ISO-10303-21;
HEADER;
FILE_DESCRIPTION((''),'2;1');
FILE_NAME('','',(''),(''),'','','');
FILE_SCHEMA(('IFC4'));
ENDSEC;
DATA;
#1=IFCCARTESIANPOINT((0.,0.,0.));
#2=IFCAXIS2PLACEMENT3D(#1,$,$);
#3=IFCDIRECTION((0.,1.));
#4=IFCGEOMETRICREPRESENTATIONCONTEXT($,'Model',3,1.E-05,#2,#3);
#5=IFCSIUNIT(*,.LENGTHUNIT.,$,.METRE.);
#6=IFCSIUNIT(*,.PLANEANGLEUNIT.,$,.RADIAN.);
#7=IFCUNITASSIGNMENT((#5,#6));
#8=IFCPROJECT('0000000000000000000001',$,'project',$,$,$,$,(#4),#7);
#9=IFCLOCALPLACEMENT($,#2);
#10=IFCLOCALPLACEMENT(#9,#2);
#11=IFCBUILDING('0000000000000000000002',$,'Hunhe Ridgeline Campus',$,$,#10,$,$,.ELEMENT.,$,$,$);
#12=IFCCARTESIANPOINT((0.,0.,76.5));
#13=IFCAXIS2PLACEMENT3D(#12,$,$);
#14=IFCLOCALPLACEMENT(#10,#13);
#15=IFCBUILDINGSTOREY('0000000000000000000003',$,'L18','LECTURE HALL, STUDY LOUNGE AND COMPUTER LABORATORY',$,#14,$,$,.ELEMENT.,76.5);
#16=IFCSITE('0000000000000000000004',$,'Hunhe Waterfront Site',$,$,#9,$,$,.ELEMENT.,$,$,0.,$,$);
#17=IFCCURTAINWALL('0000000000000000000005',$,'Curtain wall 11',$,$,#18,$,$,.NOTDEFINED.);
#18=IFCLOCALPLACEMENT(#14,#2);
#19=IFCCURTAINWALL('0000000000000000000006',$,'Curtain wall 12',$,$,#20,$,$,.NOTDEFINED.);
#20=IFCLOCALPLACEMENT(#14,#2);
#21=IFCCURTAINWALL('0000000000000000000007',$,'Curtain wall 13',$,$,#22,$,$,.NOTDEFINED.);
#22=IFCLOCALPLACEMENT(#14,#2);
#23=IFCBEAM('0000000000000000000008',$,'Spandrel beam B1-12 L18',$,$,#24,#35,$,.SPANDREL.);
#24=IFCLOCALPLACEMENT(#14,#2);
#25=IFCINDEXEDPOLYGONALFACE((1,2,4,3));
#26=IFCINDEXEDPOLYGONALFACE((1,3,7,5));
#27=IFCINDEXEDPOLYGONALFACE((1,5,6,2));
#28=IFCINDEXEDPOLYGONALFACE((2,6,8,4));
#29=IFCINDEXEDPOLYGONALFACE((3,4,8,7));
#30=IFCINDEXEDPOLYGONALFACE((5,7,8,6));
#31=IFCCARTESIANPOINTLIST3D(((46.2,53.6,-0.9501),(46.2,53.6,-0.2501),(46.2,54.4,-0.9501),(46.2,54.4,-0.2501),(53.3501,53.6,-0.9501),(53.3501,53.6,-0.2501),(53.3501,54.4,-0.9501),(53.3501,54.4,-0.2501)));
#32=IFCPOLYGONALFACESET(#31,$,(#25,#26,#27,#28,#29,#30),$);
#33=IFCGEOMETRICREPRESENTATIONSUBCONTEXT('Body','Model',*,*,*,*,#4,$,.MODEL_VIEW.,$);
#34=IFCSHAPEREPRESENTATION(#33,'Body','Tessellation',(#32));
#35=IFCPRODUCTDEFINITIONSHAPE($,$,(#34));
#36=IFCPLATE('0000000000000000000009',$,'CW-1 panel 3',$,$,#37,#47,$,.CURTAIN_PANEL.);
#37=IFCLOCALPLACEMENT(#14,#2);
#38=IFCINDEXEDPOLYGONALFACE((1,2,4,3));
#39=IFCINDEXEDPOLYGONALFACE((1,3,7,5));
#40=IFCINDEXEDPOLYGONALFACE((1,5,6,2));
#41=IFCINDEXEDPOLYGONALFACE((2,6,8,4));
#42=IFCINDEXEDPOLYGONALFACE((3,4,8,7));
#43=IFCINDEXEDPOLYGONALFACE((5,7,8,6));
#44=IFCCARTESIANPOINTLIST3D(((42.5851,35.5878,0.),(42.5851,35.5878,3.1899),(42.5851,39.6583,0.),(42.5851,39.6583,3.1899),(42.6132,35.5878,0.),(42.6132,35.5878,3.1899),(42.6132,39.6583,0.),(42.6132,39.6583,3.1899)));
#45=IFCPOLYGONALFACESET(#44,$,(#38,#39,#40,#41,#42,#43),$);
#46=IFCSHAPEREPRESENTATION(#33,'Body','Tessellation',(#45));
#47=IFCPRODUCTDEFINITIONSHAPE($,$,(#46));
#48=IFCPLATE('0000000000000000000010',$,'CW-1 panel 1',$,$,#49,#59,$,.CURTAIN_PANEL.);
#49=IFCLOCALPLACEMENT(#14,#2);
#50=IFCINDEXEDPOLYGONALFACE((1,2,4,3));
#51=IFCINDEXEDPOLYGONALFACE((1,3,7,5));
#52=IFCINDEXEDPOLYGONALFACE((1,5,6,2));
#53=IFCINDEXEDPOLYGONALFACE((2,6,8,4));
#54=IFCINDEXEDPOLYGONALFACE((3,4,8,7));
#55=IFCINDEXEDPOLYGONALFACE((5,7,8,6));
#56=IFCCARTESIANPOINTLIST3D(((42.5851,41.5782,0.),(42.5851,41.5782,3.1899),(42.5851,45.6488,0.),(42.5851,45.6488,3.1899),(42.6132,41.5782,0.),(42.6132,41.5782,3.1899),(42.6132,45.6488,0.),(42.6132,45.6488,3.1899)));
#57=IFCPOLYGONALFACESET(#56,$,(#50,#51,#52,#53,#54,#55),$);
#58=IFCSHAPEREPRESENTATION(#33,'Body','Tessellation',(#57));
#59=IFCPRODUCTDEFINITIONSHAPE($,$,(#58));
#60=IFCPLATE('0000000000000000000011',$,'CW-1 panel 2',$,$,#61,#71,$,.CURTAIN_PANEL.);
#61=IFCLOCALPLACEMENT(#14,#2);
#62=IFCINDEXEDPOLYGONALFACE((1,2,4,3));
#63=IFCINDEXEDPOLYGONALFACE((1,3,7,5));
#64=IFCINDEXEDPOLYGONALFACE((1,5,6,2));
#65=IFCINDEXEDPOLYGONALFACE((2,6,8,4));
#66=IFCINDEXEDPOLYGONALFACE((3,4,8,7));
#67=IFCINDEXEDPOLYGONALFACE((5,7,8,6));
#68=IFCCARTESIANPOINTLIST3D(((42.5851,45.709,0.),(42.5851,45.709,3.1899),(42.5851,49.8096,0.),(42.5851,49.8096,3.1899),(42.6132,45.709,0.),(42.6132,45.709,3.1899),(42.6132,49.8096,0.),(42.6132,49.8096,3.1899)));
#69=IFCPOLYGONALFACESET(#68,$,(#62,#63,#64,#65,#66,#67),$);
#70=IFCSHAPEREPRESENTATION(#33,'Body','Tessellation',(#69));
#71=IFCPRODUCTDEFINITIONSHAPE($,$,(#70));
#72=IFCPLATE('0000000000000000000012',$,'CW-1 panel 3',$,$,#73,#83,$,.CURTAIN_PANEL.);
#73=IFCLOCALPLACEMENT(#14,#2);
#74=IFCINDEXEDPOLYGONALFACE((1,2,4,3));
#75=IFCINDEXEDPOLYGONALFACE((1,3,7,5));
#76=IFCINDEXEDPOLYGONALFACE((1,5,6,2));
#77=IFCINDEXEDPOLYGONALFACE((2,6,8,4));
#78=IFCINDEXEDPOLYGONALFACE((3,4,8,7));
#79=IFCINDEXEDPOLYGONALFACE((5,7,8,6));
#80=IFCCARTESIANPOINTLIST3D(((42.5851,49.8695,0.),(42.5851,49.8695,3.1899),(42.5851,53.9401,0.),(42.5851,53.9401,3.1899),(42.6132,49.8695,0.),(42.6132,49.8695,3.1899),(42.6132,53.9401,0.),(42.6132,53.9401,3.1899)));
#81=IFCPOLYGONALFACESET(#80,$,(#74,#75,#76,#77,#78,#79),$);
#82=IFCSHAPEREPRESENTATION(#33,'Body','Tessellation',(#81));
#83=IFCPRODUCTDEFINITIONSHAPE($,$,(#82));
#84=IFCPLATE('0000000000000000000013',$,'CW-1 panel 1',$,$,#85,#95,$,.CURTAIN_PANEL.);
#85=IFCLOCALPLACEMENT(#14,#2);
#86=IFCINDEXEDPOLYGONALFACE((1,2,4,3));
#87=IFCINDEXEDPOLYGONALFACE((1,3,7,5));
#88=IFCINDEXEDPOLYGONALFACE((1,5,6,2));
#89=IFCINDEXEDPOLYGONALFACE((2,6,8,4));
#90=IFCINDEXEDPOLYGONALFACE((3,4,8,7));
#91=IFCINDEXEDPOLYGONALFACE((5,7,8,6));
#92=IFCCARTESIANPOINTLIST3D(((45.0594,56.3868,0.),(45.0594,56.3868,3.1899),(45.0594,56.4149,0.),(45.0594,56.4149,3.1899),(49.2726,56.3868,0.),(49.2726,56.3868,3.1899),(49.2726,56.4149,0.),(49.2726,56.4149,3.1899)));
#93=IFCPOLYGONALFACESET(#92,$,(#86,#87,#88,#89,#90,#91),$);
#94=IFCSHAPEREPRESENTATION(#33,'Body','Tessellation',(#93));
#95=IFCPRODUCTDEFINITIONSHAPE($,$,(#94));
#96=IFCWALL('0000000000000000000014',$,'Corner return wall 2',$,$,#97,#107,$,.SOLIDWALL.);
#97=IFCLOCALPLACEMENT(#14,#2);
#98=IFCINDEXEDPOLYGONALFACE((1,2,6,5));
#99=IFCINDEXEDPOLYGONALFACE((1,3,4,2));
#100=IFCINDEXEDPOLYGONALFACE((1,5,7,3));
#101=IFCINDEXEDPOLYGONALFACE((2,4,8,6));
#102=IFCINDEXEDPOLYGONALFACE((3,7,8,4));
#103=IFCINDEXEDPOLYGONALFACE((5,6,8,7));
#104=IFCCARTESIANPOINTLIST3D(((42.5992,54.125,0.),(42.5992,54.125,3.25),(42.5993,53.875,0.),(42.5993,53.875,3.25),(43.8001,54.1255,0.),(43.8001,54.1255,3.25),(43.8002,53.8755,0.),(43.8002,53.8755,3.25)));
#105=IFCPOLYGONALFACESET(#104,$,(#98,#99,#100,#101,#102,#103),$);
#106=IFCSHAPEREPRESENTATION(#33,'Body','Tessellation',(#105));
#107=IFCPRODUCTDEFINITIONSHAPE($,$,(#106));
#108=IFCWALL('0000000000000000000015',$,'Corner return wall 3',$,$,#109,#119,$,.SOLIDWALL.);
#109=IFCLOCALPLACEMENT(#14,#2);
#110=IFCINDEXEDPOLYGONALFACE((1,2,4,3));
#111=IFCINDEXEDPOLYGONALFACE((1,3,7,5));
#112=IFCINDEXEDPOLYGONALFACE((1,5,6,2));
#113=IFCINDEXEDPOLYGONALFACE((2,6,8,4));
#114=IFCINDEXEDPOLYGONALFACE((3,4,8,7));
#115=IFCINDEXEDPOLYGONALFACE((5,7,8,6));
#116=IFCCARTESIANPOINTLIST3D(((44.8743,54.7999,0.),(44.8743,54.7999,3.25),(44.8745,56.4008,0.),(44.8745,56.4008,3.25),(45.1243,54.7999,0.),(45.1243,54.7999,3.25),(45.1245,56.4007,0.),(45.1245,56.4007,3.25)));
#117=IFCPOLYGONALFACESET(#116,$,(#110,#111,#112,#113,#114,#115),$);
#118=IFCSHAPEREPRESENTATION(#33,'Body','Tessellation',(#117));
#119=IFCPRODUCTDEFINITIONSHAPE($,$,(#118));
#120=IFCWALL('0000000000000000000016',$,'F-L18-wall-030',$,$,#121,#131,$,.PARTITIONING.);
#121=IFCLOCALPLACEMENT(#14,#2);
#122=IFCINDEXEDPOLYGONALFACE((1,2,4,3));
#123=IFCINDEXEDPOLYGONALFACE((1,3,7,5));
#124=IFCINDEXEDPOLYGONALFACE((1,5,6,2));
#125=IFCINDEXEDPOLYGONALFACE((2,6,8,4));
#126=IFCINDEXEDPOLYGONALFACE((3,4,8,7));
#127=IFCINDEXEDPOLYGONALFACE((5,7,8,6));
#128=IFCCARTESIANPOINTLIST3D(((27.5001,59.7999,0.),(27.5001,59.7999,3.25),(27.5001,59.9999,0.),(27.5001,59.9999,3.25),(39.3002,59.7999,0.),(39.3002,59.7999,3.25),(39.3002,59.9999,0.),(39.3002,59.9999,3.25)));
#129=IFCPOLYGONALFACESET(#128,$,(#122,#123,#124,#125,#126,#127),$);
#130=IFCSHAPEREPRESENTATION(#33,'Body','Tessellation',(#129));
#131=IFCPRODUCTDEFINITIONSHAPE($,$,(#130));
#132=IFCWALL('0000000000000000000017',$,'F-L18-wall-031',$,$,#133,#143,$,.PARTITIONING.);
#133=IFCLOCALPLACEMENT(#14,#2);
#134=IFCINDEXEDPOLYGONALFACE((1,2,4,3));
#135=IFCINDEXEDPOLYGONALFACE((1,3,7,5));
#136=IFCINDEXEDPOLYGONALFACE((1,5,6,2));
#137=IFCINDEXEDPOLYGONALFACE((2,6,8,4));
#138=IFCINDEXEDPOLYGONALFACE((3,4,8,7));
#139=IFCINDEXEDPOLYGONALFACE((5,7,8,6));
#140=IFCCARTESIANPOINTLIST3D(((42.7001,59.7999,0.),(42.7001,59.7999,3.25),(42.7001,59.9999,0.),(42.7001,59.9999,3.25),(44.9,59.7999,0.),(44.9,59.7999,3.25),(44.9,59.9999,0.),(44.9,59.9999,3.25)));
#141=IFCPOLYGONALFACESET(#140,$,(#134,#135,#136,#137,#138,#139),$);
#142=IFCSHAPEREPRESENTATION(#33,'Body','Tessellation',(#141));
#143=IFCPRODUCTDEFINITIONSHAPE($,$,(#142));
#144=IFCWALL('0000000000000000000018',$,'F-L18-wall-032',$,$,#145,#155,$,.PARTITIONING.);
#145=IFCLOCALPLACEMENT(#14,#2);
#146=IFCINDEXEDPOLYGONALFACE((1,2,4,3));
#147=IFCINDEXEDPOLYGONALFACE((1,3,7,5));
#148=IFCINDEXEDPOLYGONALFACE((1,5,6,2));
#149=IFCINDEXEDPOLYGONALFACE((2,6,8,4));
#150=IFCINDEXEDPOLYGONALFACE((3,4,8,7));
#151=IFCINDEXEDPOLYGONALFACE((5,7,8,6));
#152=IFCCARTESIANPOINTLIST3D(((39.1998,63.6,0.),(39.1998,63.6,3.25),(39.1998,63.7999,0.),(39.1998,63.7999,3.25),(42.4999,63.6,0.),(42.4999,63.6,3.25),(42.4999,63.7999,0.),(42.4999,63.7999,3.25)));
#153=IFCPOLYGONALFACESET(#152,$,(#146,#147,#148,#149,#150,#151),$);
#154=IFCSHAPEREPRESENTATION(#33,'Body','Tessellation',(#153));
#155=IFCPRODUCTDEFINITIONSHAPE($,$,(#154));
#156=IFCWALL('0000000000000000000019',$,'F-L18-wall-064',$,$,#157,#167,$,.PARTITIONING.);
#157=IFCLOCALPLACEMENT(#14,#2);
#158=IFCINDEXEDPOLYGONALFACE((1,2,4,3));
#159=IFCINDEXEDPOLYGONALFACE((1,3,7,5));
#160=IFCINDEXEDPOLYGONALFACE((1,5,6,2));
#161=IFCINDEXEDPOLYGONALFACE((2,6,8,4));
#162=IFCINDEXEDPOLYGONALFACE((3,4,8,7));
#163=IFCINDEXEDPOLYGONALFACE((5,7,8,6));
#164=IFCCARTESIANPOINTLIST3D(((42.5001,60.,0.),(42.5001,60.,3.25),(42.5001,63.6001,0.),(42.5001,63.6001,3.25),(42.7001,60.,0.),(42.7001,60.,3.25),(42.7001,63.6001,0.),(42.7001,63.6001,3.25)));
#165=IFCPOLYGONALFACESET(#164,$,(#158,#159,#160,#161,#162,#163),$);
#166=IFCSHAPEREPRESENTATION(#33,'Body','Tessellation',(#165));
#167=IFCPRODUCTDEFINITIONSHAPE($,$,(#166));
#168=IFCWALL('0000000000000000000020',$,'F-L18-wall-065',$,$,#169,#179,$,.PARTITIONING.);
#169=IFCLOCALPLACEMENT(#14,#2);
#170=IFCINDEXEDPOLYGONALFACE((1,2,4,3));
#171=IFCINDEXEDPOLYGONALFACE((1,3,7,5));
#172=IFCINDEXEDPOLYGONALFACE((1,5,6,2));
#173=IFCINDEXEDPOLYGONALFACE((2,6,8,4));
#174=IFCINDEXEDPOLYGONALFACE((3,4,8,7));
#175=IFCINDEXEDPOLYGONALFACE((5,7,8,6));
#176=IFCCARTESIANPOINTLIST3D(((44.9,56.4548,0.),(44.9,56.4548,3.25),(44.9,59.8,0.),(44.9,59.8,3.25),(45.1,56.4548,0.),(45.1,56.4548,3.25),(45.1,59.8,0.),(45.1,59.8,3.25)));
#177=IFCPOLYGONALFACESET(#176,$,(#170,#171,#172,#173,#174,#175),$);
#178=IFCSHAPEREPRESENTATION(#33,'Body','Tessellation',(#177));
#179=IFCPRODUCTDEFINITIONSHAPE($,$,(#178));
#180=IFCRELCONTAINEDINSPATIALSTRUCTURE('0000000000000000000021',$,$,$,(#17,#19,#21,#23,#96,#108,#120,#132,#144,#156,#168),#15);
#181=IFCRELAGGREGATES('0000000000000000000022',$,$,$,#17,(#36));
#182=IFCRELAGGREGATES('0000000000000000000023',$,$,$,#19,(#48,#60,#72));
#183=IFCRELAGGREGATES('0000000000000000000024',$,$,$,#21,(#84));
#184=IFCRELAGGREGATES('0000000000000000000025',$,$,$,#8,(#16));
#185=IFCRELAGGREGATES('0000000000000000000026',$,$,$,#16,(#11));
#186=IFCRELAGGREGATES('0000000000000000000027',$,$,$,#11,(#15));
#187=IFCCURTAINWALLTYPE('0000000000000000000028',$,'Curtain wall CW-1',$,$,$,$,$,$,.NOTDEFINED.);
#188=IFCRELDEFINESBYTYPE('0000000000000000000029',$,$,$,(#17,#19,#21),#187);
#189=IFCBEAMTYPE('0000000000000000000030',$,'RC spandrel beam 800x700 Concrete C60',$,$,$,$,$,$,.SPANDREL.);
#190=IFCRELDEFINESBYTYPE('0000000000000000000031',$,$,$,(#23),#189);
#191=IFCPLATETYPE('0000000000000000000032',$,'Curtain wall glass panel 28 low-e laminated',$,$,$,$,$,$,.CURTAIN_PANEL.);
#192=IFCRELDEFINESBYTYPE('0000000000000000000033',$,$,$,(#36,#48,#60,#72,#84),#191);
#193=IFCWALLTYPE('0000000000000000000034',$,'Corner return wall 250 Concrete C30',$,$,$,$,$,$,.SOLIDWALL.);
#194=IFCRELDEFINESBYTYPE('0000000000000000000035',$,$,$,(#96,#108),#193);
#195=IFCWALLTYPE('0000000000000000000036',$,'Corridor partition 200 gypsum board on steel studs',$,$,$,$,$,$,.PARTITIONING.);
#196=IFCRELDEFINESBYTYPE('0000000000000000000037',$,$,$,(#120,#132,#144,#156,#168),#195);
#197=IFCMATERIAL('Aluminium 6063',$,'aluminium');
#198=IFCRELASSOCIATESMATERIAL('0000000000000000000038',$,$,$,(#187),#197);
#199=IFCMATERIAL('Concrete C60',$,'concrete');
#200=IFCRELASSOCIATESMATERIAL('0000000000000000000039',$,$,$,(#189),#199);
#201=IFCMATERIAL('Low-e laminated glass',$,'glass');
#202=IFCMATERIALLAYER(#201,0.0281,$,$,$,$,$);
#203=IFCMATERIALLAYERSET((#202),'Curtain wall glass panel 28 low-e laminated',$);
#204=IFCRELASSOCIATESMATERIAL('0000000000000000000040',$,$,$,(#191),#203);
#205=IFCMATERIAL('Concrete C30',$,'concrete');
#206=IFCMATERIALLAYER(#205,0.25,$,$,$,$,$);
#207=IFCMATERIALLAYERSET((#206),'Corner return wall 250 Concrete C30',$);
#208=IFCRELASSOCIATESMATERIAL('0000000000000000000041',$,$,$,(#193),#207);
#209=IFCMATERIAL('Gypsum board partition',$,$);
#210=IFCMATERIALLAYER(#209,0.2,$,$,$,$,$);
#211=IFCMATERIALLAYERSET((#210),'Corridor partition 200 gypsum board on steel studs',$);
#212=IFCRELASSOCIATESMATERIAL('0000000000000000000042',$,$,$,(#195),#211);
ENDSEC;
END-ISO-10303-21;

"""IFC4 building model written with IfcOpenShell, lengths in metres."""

from ifc_helpers import new_model, si_unit, direction, frame, frame_2d, origin, origin_2d, place, context, subcontext, project, spatial, rectangle, extrude, material, layer, layer_set, material_profile, profile_set, type_object, element, aggregate, save


model = new_model("IFC4")

# Units and contexts
model_context = context("Model", 3, precision=1e-05, world=origin(), true_north=direction((0.0, 1.0)))
body_context = subcontext(model_context, "Body", "Model", "MODEL_VIEW")
ifc_project = project(units=[si_unit("LENGTHUNIT", "METRE"), si_unit("PLANEANGLEUNIT", "RADIAN")], contexts=[model_context])

# Site, building, storey
site_placement = place(None, origin())
site = spatial("IfcSite", under=ifc_project, at=site_placement, Name="Hunhe Waterfront Site", CompositionType="ELEMENT", RefElevation=0.0)
building_placement = place(site_placement, origin())
building = spatial("IfcBuilding", under=site, at=building_placement, Name="Hunhe Ridgeline Campus", CompositionType="ELEMENT")
storey_placement = place(building_placement, frame((0.0, 0.0, 76.5)))
storey = spatial("IfcBuildingStorey", under=building, at=storey_placement, Name="L18", Description="LECTURE HALL, STUDY LOUNGE AND COMPUTER LABORATORY", CompositionType="ELEMENT", Elevation=76.5)

# Curtain wall
ifc_material_1 = material(Name="Aluminium 6063", Category="aluminium")
curtain_wall_type = type_object("IfcCurtainWallType", Name="Curtain wall CW-1", PredefinedType="NOTDEFINED", material=ifc_material_1)
curtain_wall_1_placement = place(storey_placement, origin())
curtain_wall_1 = element("IfcCurtainWall", 1, at=curtain_wall_1_placement, inside=storey, type_object=curtain_wall_type, Name="Curtain wall 11", PredefinedType="NOTDEFINED")

# Curtain wall
curtain_wall_2_placement = place(storey_placement, origin())
curtain_wall_2 = element("IfcCurtainWall", 2, at=curtain_wall_2_placement, inside=storey, type_object=curtain_wall_type, Name="Curtain wall 12", PredefinedType="NOTDEFINED")

# Curtain wall
curtain_wall_3_placement = place(storey_placement, origin())
curtain_wall_3 = element("IfcCurtainWall", 3, at=curtain_wall_3_placement, inside=storey, type_object=curtain_wall_type, Name="Curtain wall 13", PredefinedType="NOTDEFINED")

# Beam
ifc_material_2 = material(Name="Concrete C60", Category="concrete")
ifc_material_profile_1 = material_profile(ifc_material_2, rectangle(XDim=0.8, YDim=0.7, at=origin_2d()))
ifc_profile_set_1 = profile_set([ifc_material_profile_1], Name="Concrete C60")
beam_type = type_object("IfcBeamType", Name="RC spandrel beam 800x700 Concrete C60", PredefinedType="SPANDREL", material=ifc_profile_set_1)
beam_1_placement = place(storey_placement, frame((46.2, 54.0, -0.6001), z_axis=(1.0, 0.0, 0.0), x_axis=(0.0, 1.0, 0.0)))
element("IfcBeam", 4, at=beam_1_placement, inside=storey, type_object=beam_type, Name="Spandrel beam B1-12 L18", PredefinedType="SPANDREL", context=body_context, shape_type="SweptSolid", body=[
    extrude(rectangle(XDim=0.8, YDim=0.7, at=origin_2d()), origin(), (0.0, 0.0, 1.0), 7.1501),
])

# Plates
ifc_material_3 = material(Name="Low-e laminated glass", Category="glass")
ifc_layer_1 = layer(ifc_material_3, 0.0281)
ifc_layer_set_1 = layer_set([ifc_layer_1], Name="Curtain wall glass panel 28 low-e laminated")
plate_type = type_object("IfcPlateType", Name="Curtain wall glass panel 28 low-e laminated", PredefinedType="CURTAIN_PANEL", material=ifc_layer_set_1)
plate_1_placement = place(storey_placement, frame((42.5991, 37.623, 0.0), z_axis=(0.0, 0.0, 1.0), x_axis=(0.0, 1.0, 0.0)))
plate_1 = element("IfcPlate", 5, at=plate_1_placement, type_object=plate_type, Name="CW-1 panel 3", PredefinedType="CURTAIN_PANEL", context=body_context, shape_type="SweptSolid", body=[
    extrude(rectangle(XDim=4.0706, YDim=0.0281, at=origin_2d()), origin(), (0.0, 0.0, 1.0), 3.1899),
])
aggregate(curtain_wall_1, [plate_1])
plate_2_placement = place(storey_placement, frame((42.5991, 43.6135, 0.0), z_axis=(0.0, 0.0, 1.0), x_axis=(0.0, 1.0, 0.0)))
plate_2 = element("IfcPlate", 6, at=plate_2_placement, type_object=plate_type, Name="CW-1 panel 1", PredefinedType="CURTAIN_PANEL", context=body_context, shape_type="SweptSolid", body=[
    extrude(rectangle(XDim=4.0706, YDim=0.0281, at=origin_2d()), origin(), (0.0, 0.0, 1.0), 3.1899),
])
plate_3_placement = place(storey_placement, frame((42.5991, 47.7593, 0.0), z_axis=(0.0, 0.0, 1.0), x_axis=(0.0, 1.0, 0.0)))
plate_3 = element("IfcPlate", 7, at=plate_3_placement, type_object=plate_type, Name="CW-1 panel 2", PredefinedType="CURTAIN_PANEL", context=body_context, shape_type="SweptSolid", body=[
    extrude(rectangle(XDim=4.1006, YDim=0.0281, at=origin_2d()), origin(), (0.0, 0.0, 1.0), 3.1899),
])
plate_4_placement = place(storey_placement, frame((42.5991, 51.9048, 0.0), z_axis=(0.0, 0.0, 1.0), x_axis=(0.0, 1.0, 0.0)))
plate_4 = element("IfcPlate", 8, at=plate_4_placement, type_object=plate_type, Name="CW-1 panel 3", PredefinedType="CURTAIN_PANEL", context=body_context, shape_type="SweptSolid", body=[
    extrude(rectangle(XDim=4.0706, YDim=0.0281, at=origin_2d()), origin(), (0.0, 0.0, 1.0), 3.1899),
])
aggregate(curtain_wall_2, [plate_2, plate_3, plate_4])
plate_5_placement = place(storey_placement, frame((47.166, 56.4009, 0.0), z_axis=(0.0, 0.0, 1.0), x_axis=(1.0, 0.000004, 0.0)))
plate_5 = element("IfcPlate", 9, at=plate_5_placement, type_object=plate_type, Name="CW-1 panel 1", PredefinedType="CURTAIN_PANEL", context=body_context, shape_type="SweptSolid", body=[
    extrude(rectangle(XDim=4.2131, YDim=0.0281, at=origin_2d()), origin(), (0.0, 0.0, 1.0), 3.1899),
])
aggregate(curtain_wall_3, [plate_5])

# Walls
ifc_material_4 = material(Name="Concrete C30", Category="concrete")
ifc_layer_2 = layer(ifc_material_4, 0.25)
ifc_layer_set_2 = layer_set([ifc_layer_2], Name="Corner return wall 250 Concrete C30")
wall_type_1 = type_object("IfcWallType", Name="Corner return wall 250 Concrete C30", PredefinedType="SOLIDWALL", material=ifc_layer_set_2)
wall_1_placement = place(storey_placement, frame((42.5991, 54.0, 0.0), z_axis=(0.0, 0.0, 1.0), x_axis=(1.0, 0.000407, 0.0)))
element("IfcWall", 10, at=wall_1_placement, inside=storey, type_object=wall_type_1, Name="Corner return wall 2", PredefinedType="SOLIDWALL", context=body_context, shape_type="SweptSolid", body=[
    extrude(rectangle(XDim=1.2009, YDim=0.25, at=frame_2d((0.6006, 0.0))), origin(), (0.0, 0.0, 1.0), 3.25),
])
wall_2_placement = place(storey_placement, frame((44.9993, 54.8, 0.0), z_axis=(0.0, 0.0, 1.0), x_axis=(0.000153, 1.0, 0.0)))
element("IfcWall", 11, at=wall_2_placement, inside=storey, type_object=wall_type_1, Name="Corner return wall 3", PredefinedType="SOLIDWALL", context=body_context, shape_type="SweptSolid", body=[
    extrude(rectangle(XDim=1.6008, YDim=0.25, at=frame_2d((0.8003, 0.0))), origin(), (0.0, 0.0, 1.0), 3.25),
])
ifc_material_5 = material(Name="Gypsum board partition")
ifc_layer_3 = layer(ifc_material_5, 0.2)
ifc_layer_set_3 = layer_set([ifc_layer_3], Name="Corridor partition 200 gypsum board on steel studs")
wall_type_2 = type_object("IfcWallType", Name="Corridor partition 200 gypsum board on steel studs", PredefinedType="PARTITIONING", material=ifc_layer_set_3)
wall_3_placement = place(storey_placement, frame((39.3, 59.8999, 0.0), z_axis=(0.0, 0.0, 1.0), x_axis=(-1.0, 0.0, 0.0)))
element("IfcWall", 12, at=wall_3_placement, inside=storey, type_object=wall_type_2, Name="F-L18-wall-030", PredefinedType="PARTITIONING", context=body_context, shape_type="SweptSolid", body=[
    extrude(rectangle(XDim=11.8, YDim=0.2, at=frame_2d((5.8999, 0.0))), origin(), (0.0, 0.0, 1.0), 3.25),
])
wall_4_placement = place(storey_placement, frame((42.7, 59.8999, 0.0), z_axis=(0.0, 0.0, 1.0), x_axis=(1.0, 0.0, 0.0)))
element("IfcWall", 13, at=wall_4_placement, inside=storey, type_object=wall_type_2, Name="F-L18-wall-031", PredefinedType="PARTITIONING", context=body_context, shape_type="SweptSolid", body=[
    extrude(rectangle(XDim=2.2, YDim=0.2, at=frame_2d((1.1001, 0.0))), origin(), (0.0, 0.0, 1.0), 3.25),
])
wall_5_placement = place(storey_placement, frame((39.2, 63.7, 0.0), z_axis=(0.0, 0.0, 1.0), x_axis=(1.0, 0.0, 0.0)))
element("IfcWall", 14, at=wall_5_placement, inside=storey, type_object=wall_type_2, Name="F-L18-wall-032", PredefinedType="PARTITIONING", context=body_context, shape_type="SweptSolid", body=[
    extrude(rectangle(XDim=3.3, YDim=0.2, at=frame_2d((1.6499, 0.0))), origin(), (0.0, 0.0, 1.0), 3.25),
])
wall_6_placement = place(storey_placement, frame((42.6001, 63.6001, 0.0), z_axis=(0.0, 0.0, 1.0), x_axis=(0.0, -1.0, 0.0)))
element("IfcWall", 15, at=wall_6_placement, inside=storey, type_object=wall_type_2, Name="F-L18-wall-064", PredefinedType="PARTITIONING", context=body_context, shape_type="SweptSolid", body=[
    extrude(rectangle(XDim=3.6001, YDim=0.2, at=frame_2d((1.8, 0.0))), origin(), (0.0, 0.0, 1.0), 3.25),
])
wall_7_placement = place(storey_placement, frame((45.0, 59.8, 0.0), z_axis=(0.0, 0.0, 1.0), x_axis=(0.0, -1.0, 0.0)))
element("IfcWall", 16, at=wall_7_placement, inside=storey, type_object=wall_type_2, Name="F-L18-wall-065", PredefinedType="PARTITIONING", context=body_context, shape_type="SweptSolid", body=[
    extrude(rectangle(XDim=3.3452, YDim=0.2, at=frame_2d((1.6726, 0.0))), origin(), (0.0, 0.0, 1.0), 3.25),
])

save(model, "model.ifc")
